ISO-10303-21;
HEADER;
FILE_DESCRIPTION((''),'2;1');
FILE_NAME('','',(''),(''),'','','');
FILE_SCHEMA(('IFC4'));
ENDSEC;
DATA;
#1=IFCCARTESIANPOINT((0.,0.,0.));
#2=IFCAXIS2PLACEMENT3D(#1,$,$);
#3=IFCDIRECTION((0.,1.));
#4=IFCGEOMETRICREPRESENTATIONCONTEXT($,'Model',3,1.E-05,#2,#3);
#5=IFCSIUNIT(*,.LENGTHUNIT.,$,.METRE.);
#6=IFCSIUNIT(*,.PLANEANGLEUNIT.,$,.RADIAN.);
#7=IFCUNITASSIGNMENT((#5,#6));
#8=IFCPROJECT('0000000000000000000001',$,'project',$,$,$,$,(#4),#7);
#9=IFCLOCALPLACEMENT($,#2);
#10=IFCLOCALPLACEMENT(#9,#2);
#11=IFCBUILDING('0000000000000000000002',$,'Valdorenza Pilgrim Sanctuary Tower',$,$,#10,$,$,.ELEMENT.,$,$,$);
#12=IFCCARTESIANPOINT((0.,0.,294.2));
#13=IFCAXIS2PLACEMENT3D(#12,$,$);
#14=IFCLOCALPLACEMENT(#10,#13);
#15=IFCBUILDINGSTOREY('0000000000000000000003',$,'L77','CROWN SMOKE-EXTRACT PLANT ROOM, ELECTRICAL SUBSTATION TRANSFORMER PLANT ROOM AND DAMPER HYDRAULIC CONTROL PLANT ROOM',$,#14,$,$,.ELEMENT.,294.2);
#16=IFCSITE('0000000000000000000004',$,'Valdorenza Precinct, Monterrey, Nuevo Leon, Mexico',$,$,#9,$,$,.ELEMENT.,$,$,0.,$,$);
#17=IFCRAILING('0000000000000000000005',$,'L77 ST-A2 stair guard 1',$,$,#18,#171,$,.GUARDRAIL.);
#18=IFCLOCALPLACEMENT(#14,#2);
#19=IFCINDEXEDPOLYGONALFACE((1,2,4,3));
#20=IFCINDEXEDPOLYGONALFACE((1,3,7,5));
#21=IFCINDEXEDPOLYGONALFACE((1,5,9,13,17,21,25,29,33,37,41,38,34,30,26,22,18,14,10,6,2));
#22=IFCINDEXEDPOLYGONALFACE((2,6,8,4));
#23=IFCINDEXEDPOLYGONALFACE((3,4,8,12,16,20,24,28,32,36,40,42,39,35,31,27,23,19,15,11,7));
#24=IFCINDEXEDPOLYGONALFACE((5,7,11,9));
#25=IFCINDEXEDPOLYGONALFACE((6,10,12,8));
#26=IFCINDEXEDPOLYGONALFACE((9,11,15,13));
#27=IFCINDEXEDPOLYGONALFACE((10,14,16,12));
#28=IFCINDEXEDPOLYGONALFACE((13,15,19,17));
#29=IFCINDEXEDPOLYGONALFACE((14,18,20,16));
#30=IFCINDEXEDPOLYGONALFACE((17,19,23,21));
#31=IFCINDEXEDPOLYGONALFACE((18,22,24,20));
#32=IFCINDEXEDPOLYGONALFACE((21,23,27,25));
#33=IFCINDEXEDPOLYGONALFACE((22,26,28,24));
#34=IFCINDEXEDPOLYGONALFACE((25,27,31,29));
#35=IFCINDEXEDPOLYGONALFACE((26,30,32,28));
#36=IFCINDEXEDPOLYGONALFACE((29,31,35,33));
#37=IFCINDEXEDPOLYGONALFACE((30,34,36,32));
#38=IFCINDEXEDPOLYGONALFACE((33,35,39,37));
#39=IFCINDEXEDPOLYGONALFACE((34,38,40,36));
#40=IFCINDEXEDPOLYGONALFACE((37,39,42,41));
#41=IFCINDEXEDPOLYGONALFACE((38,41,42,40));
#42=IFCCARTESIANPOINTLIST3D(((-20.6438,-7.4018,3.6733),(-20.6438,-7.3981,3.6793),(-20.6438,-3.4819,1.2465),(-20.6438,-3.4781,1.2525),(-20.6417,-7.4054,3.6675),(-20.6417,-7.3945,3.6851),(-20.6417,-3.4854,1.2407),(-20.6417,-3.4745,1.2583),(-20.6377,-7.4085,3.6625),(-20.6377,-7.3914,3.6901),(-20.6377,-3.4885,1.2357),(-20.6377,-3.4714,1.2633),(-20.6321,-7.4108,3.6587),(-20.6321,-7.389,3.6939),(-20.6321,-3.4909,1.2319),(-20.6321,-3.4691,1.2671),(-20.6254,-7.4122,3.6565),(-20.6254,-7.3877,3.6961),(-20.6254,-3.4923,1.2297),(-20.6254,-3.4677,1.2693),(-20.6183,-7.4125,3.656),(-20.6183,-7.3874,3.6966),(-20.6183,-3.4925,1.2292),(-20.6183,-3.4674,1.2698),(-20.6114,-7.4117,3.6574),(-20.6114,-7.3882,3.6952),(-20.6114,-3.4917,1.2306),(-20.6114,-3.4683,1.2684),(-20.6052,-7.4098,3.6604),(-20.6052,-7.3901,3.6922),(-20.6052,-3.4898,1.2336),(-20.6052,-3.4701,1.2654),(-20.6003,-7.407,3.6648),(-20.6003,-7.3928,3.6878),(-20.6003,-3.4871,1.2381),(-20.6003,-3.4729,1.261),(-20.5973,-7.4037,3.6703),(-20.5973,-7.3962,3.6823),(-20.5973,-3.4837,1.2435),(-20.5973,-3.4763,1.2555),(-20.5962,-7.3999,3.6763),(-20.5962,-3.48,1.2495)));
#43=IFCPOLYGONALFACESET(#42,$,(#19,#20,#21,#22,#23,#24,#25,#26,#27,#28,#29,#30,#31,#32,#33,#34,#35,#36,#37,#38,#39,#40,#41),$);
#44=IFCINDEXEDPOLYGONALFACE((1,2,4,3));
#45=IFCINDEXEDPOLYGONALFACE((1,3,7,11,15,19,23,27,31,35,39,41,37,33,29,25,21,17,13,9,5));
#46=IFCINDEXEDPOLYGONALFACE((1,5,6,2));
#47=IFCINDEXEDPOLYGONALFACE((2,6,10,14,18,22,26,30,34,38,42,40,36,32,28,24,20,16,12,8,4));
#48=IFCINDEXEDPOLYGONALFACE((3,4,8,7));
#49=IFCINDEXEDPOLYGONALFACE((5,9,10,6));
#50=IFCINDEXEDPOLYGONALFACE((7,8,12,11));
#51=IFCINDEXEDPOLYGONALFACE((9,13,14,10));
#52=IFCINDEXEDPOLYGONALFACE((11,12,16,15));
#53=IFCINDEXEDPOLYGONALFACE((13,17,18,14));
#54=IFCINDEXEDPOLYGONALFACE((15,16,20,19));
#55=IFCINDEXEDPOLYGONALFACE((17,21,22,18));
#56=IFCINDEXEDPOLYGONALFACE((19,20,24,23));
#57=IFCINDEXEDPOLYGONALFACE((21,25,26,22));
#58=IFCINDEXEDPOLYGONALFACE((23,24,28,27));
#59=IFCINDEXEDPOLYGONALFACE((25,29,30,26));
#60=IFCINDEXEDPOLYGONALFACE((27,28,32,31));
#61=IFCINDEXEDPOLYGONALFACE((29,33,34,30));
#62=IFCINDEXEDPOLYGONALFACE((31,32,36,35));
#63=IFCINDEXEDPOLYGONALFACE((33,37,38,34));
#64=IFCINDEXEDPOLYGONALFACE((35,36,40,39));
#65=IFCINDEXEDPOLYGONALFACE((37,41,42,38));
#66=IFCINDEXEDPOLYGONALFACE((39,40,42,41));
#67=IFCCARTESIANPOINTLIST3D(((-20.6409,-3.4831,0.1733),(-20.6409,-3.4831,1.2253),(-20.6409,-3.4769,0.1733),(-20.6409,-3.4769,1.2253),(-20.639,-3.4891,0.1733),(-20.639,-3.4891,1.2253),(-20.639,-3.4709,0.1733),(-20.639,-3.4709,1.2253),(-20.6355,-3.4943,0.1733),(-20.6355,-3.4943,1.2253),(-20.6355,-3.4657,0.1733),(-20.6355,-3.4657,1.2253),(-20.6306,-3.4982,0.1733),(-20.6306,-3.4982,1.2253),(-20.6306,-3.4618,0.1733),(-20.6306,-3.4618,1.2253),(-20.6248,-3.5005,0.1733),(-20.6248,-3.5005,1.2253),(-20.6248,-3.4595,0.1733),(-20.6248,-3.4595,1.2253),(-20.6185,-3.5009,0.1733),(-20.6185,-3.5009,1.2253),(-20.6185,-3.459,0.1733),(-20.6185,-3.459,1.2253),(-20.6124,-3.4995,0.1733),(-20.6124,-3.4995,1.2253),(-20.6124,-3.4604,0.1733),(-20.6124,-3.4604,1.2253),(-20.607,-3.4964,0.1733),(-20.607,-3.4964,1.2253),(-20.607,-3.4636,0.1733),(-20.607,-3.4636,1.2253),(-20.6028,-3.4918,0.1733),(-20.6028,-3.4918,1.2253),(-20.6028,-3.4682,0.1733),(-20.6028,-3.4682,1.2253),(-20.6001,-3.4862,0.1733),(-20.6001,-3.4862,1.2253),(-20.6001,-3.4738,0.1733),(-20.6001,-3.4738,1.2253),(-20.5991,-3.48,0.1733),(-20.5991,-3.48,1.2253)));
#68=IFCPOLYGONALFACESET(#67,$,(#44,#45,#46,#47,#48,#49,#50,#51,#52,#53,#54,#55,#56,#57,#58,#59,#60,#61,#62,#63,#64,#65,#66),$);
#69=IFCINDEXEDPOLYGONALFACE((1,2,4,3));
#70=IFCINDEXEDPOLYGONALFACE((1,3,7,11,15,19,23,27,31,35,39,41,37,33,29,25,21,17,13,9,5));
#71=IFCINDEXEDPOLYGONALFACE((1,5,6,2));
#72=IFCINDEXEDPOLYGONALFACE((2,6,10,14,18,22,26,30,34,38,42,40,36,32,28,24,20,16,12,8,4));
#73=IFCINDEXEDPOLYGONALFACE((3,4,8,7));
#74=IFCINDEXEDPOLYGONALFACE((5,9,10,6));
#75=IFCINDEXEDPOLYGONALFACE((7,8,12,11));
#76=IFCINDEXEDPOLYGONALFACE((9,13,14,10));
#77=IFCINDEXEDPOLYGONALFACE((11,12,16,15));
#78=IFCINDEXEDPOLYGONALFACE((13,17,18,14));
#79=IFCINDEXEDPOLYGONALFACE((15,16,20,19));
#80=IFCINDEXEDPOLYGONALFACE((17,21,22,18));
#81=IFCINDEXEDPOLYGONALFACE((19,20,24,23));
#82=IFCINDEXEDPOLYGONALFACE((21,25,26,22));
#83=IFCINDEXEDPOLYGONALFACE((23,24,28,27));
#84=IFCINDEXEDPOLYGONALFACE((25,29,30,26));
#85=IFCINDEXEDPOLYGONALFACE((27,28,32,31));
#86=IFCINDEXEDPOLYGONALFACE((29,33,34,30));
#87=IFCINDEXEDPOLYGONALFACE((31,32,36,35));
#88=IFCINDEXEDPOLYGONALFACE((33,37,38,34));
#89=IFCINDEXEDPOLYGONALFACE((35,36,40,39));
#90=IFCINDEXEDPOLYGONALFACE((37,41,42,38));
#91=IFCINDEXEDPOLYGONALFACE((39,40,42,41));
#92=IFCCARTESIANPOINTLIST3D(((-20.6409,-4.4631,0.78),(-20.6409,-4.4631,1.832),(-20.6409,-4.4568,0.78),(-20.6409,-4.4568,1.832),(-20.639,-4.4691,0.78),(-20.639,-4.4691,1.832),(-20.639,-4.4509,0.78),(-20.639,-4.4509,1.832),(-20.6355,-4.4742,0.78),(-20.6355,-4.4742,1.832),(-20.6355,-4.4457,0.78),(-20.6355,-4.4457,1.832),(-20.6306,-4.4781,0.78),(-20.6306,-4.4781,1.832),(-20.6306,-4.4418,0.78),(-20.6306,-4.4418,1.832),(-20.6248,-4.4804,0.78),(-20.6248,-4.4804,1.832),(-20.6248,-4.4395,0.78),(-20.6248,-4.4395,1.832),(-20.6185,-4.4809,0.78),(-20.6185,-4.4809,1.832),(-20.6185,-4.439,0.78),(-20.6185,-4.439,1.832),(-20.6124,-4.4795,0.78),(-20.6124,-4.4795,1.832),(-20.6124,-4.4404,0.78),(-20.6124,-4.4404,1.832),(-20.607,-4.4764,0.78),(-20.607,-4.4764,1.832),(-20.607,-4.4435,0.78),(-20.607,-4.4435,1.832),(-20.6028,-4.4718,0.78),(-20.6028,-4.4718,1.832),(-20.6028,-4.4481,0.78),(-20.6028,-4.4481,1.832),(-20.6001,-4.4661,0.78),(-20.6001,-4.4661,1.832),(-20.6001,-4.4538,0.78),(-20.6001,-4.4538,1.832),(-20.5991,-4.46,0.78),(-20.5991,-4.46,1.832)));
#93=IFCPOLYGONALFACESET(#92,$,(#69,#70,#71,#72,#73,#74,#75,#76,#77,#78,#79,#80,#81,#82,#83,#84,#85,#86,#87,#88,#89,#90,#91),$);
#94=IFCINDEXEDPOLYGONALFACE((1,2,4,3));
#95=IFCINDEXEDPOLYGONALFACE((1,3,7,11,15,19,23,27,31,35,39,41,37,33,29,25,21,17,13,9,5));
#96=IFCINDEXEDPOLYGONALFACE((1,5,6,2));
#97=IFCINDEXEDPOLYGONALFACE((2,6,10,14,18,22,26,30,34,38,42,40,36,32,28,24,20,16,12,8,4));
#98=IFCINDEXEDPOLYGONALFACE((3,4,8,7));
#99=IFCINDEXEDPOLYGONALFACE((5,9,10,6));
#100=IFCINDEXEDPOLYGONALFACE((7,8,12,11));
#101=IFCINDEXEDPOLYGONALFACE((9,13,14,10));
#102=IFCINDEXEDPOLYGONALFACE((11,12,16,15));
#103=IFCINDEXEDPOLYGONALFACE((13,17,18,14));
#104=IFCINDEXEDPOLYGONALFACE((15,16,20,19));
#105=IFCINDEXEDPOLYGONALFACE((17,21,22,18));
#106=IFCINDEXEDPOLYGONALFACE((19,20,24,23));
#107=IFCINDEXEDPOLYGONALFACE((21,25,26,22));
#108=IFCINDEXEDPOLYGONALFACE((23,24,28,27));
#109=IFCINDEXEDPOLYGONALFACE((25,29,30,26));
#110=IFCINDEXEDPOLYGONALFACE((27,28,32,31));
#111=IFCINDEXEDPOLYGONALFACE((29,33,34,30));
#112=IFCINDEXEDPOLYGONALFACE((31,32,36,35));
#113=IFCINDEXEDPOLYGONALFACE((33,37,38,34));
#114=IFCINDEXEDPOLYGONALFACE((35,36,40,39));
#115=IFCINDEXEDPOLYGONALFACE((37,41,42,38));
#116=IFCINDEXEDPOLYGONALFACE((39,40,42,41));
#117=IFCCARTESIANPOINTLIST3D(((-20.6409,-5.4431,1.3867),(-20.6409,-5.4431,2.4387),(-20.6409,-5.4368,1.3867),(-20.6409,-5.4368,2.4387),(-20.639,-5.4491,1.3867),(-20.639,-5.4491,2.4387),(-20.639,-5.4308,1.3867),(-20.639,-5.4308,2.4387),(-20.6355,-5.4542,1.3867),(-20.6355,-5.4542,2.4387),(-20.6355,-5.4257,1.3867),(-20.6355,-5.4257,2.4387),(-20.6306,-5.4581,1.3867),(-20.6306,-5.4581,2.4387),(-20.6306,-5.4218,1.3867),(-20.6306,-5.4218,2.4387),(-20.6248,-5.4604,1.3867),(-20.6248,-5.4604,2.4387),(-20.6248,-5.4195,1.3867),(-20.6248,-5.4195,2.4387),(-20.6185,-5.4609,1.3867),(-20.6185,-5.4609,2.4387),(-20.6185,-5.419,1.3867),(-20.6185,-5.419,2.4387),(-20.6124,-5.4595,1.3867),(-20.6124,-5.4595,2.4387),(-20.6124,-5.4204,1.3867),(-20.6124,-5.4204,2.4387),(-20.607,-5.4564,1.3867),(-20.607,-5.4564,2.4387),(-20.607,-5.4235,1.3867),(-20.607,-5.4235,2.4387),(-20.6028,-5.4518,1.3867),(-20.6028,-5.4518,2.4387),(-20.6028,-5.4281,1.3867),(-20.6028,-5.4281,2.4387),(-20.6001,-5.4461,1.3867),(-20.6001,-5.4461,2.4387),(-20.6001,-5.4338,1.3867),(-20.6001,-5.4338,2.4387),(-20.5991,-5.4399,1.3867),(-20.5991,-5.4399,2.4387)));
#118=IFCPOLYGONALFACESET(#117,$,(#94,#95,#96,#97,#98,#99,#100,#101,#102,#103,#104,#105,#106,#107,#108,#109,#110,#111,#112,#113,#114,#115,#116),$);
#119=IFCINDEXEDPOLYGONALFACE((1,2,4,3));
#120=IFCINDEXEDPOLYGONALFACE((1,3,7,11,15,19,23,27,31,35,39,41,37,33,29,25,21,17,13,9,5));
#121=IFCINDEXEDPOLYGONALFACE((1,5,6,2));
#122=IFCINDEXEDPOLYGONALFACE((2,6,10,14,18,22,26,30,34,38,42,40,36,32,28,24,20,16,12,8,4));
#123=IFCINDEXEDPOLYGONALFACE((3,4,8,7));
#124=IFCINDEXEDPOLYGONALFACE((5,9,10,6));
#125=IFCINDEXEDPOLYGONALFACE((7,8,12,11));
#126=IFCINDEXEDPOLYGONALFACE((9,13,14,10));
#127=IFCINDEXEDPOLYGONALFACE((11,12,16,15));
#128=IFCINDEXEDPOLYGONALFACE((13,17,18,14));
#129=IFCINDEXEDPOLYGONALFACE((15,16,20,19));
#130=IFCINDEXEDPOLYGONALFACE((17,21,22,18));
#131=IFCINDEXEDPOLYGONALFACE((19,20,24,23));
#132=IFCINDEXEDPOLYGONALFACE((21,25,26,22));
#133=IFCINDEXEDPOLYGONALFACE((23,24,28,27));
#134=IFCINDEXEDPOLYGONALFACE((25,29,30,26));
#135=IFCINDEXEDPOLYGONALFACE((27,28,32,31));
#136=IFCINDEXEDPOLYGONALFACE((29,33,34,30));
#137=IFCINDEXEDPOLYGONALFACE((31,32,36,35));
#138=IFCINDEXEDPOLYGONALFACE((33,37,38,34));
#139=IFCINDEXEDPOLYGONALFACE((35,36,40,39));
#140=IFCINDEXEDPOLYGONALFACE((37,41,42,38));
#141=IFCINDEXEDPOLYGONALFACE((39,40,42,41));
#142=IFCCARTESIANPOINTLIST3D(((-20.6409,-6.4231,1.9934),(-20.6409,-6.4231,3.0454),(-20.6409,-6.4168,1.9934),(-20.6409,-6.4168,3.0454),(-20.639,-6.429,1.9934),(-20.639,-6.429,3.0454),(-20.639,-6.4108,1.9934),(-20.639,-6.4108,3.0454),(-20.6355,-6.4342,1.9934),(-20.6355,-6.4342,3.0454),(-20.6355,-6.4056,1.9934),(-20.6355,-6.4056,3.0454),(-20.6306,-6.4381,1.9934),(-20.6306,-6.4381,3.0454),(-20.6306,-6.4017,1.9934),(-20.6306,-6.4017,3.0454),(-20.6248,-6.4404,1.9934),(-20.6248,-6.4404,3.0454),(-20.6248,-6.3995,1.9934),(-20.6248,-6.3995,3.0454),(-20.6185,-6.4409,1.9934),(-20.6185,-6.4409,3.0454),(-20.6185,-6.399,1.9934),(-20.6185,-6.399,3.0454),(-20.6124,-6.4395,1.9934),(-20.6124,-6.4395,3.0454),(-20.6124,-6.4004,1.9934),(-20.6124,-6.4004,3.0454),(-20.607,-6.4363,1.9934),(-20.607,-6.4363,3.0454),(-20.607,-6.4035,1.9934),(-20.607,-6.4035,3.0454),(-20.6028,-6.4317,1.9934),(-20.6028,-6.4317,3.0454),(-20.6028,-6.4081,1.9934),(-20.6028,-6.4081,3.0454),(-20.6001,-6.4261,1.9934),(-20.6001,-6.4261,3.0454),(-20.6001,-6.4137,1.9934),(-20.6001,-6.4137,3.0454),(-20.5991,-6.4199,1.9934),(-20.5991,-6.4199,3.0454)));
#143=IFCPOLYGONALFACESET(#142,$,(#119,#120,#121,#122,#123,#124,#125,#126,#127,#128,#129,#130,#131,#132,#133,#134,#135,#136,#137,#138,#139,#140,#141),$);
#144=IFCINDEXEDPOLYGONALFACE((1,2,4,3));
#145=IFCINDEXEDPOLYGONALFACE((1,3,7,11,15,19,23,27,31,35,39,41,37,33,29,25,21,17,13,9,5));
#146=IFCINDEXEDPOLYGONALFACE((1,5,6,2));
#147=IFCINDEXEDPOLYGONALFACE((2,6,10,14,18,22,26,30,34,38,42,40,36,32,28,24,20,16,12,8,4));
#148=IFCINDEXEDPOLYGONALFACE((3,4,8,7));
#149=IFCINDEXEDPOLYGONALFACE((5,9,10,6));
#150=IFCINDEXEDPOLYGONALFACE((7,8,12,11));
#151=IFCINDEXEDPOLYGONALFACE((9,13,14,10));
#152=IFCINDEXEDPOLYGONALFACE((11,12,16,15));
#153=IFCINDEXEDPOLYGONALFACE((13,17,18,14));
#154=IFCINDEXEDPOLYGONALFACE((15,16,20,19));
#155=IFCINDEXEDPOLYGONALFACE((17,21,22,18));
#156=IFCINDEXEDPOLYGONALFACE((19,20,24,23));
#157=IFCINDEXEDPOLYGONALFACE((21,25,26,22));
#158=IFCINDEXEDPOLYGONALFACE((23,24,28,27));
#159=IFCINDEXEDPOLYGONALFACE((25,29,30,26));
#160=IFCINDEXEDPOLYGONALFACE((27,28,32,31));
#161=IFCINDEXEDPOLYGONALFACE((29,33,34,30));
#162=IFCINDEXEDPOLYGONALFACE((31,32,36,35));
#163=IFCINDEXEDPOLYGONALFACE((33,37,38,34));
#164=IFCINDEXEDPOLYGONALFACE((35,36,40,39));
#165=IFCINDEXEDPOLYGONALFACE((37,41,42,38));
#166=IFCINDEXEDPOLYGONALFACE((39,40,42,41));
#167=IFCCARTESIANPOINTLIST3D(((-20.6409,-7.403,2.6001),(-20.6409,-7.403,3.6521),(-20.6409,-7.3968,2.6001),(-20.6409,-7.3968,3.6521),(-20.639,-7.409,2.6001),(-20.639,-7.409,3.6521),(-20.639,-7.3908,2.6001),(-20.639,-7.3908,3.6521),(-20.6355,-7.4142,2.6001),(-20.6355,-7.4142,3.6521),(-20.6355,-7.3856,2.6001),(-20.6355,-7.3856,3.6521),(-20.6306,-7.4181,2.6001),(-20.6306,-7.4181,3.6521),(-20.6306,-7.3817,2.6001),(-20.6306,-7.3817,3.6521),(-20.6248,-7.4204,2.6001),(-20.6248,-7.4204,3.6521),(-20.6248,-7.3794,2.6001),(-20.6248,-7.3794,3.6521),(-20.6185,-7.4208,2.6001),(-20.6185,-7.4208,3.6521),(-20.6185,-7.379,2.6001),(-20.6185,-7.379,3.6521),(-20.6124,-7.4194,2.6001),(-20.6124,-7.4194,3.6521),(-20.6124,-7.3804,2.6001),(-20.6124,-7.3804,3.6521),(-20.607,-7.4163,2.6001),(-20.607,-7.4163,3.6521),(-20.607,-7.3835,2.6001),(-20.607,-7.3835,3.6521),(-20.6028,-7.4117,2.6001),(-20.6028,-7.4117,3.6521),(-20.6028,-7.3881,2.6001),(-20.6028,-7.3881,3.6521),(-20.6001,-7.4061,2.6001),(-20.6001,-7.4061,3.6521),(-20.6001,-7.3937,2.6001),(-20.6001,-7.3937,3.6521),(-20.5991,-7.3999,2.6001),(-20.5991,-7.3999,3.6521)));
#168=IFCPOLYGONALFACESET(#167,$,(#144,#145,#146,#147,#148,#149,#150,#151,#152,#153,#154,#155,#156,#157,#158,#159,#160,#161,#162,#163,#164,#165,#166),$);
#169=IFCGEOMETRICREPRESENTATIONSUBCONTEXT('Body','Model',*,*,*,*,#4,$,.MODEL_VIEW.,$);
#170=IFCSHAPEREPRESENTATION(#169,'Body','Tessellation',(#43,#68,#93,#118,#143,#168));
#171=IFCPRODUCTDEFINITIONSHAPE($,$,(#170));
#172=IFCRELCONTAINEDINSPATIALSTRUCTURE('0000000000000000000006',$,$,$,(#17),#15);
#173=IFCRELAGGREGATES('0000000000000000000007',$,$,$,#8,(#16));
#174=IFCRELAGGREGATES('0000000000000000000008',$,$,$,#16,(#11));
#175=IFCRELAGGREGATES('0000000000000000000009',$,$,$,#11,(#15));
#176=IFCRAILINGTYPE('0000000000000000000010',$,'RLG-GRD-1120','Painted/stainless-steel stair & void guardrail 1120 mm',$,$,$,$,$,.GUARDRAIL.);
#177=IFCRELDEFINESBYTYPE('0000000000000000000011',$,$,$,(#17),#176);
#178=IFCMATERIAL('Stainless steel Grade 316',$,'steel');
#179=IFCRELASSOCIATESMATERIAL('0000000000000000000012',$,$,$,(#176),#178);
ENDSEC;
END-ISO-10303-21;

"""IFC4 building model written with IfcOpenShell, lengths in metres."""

from ifc_helpers import new_model, si_unit, direction, frame, origin, origin_2d, place, context, subcontext, project, spatial, circle, extrude, material, type_object, element, save


model = new_model("IFC4")

# Units and contexts
model_context = context("Model", 3, precision=1e-05, world=origin(), true_north=direction((0.0, 1.0)))
body_context = subcontext(model_context, "Body", "Model", "MODEL_VIEW")
ifc_project = project(units=[si_unit("LENGTHUNIT", "METRE"), si_unit("PLANEANGLEUNIT", "RADIAN")], contexts=[model_context])

# Site, building, storey
site_placement = place(None, origin())
site = spatial("IfcSite", under=ifc_project, at=site_placement, Name="Valdorenza Precinct, Monterrey, Nuevo Leon, Mexico", CompositionType="ELEMENT", RefElevation=0.0)
building_placement = place(site_placement, origin())
building = spatial("IfcBuilding", under=site, at=building_placement, Name="Valdorenza Pilgrim Sanctuary Tower", CompositionType="ELEMENT")
storey_placement = place(building_placement, frame((0.0, 0.0, 294.2)))
storey = spatial("IfcBuildingStorey", under=building, at=storey_placement, Name="L77", Description="CROWN SMOKE-EXTRACT PLANT ROOM, ELECTRICAL SUBSTATION TRANSFORMER PLANT ROOM AND DAMPER HYDRAULIC CONTROL PLANT ROOM", CompositionType="ELEMENT", Elevation=294.2)

# Railing
ifc_material_1 = material(Name="Stainless steel Grade 316", Category="steel")
railing_type_1 = type_object("IfcRailingType", Name="RLG-GRD-1120", Description="Painted/stainless-steel stair & void guardrail 1120 mm", PredefinedType="GUARDRAIL", material=ifc_material_1)
railing_1_placement = place(storey_placement, frame((-20.6201, -3.48, 0.1733)))
element("IfcRailing", 1, at=railing_1_placement, inside=storey, type_object=railing_type_1, Name="L77 ST-A2 stair guard 1", PredefinedType="GUARDRAIL", context=body_context, shape_type="SweptSolid", body=[
    extrude(circle(Radius=0.0239, at=origin_2d()), frame((0.0, 0.0, 1.0762), z_axis=(0.0, -0.850252, 0.526376), x_axis=(1.0, 0.0, 0.0)), (0.0, 0.0, 1.0), 4.6104),
    extrude(circle(Radius=0.021, at=origin_2d()), origin(), (0.0, 0.0, 1.0), 1.052),
    extrude(circle(Radius=0.021, at=origin_2d()), frame((0.0, -0.98, 0.6067)), (0.0, 0.0, 1.0), 1.052),
    extrude(circle(Radius=0.021, at=origin_2d()), frame((0.0, -1.96, 1.2134)), (0.0, 0.0, 1.0), 1.052),
    extrude(circle(Radius=0.021, at=origin_2d()), frame((0.0, -2.9399, 1.8201)), (0.0, 0.0, 1.0), 1.052),
    extrude(circle(Radius=0.021, at=origin_2d()), frame((0.0, -3.9199, 2.4268)), (0.0, 0.0, 1.0), 1.052),
])

save(model, "model.ifc")
